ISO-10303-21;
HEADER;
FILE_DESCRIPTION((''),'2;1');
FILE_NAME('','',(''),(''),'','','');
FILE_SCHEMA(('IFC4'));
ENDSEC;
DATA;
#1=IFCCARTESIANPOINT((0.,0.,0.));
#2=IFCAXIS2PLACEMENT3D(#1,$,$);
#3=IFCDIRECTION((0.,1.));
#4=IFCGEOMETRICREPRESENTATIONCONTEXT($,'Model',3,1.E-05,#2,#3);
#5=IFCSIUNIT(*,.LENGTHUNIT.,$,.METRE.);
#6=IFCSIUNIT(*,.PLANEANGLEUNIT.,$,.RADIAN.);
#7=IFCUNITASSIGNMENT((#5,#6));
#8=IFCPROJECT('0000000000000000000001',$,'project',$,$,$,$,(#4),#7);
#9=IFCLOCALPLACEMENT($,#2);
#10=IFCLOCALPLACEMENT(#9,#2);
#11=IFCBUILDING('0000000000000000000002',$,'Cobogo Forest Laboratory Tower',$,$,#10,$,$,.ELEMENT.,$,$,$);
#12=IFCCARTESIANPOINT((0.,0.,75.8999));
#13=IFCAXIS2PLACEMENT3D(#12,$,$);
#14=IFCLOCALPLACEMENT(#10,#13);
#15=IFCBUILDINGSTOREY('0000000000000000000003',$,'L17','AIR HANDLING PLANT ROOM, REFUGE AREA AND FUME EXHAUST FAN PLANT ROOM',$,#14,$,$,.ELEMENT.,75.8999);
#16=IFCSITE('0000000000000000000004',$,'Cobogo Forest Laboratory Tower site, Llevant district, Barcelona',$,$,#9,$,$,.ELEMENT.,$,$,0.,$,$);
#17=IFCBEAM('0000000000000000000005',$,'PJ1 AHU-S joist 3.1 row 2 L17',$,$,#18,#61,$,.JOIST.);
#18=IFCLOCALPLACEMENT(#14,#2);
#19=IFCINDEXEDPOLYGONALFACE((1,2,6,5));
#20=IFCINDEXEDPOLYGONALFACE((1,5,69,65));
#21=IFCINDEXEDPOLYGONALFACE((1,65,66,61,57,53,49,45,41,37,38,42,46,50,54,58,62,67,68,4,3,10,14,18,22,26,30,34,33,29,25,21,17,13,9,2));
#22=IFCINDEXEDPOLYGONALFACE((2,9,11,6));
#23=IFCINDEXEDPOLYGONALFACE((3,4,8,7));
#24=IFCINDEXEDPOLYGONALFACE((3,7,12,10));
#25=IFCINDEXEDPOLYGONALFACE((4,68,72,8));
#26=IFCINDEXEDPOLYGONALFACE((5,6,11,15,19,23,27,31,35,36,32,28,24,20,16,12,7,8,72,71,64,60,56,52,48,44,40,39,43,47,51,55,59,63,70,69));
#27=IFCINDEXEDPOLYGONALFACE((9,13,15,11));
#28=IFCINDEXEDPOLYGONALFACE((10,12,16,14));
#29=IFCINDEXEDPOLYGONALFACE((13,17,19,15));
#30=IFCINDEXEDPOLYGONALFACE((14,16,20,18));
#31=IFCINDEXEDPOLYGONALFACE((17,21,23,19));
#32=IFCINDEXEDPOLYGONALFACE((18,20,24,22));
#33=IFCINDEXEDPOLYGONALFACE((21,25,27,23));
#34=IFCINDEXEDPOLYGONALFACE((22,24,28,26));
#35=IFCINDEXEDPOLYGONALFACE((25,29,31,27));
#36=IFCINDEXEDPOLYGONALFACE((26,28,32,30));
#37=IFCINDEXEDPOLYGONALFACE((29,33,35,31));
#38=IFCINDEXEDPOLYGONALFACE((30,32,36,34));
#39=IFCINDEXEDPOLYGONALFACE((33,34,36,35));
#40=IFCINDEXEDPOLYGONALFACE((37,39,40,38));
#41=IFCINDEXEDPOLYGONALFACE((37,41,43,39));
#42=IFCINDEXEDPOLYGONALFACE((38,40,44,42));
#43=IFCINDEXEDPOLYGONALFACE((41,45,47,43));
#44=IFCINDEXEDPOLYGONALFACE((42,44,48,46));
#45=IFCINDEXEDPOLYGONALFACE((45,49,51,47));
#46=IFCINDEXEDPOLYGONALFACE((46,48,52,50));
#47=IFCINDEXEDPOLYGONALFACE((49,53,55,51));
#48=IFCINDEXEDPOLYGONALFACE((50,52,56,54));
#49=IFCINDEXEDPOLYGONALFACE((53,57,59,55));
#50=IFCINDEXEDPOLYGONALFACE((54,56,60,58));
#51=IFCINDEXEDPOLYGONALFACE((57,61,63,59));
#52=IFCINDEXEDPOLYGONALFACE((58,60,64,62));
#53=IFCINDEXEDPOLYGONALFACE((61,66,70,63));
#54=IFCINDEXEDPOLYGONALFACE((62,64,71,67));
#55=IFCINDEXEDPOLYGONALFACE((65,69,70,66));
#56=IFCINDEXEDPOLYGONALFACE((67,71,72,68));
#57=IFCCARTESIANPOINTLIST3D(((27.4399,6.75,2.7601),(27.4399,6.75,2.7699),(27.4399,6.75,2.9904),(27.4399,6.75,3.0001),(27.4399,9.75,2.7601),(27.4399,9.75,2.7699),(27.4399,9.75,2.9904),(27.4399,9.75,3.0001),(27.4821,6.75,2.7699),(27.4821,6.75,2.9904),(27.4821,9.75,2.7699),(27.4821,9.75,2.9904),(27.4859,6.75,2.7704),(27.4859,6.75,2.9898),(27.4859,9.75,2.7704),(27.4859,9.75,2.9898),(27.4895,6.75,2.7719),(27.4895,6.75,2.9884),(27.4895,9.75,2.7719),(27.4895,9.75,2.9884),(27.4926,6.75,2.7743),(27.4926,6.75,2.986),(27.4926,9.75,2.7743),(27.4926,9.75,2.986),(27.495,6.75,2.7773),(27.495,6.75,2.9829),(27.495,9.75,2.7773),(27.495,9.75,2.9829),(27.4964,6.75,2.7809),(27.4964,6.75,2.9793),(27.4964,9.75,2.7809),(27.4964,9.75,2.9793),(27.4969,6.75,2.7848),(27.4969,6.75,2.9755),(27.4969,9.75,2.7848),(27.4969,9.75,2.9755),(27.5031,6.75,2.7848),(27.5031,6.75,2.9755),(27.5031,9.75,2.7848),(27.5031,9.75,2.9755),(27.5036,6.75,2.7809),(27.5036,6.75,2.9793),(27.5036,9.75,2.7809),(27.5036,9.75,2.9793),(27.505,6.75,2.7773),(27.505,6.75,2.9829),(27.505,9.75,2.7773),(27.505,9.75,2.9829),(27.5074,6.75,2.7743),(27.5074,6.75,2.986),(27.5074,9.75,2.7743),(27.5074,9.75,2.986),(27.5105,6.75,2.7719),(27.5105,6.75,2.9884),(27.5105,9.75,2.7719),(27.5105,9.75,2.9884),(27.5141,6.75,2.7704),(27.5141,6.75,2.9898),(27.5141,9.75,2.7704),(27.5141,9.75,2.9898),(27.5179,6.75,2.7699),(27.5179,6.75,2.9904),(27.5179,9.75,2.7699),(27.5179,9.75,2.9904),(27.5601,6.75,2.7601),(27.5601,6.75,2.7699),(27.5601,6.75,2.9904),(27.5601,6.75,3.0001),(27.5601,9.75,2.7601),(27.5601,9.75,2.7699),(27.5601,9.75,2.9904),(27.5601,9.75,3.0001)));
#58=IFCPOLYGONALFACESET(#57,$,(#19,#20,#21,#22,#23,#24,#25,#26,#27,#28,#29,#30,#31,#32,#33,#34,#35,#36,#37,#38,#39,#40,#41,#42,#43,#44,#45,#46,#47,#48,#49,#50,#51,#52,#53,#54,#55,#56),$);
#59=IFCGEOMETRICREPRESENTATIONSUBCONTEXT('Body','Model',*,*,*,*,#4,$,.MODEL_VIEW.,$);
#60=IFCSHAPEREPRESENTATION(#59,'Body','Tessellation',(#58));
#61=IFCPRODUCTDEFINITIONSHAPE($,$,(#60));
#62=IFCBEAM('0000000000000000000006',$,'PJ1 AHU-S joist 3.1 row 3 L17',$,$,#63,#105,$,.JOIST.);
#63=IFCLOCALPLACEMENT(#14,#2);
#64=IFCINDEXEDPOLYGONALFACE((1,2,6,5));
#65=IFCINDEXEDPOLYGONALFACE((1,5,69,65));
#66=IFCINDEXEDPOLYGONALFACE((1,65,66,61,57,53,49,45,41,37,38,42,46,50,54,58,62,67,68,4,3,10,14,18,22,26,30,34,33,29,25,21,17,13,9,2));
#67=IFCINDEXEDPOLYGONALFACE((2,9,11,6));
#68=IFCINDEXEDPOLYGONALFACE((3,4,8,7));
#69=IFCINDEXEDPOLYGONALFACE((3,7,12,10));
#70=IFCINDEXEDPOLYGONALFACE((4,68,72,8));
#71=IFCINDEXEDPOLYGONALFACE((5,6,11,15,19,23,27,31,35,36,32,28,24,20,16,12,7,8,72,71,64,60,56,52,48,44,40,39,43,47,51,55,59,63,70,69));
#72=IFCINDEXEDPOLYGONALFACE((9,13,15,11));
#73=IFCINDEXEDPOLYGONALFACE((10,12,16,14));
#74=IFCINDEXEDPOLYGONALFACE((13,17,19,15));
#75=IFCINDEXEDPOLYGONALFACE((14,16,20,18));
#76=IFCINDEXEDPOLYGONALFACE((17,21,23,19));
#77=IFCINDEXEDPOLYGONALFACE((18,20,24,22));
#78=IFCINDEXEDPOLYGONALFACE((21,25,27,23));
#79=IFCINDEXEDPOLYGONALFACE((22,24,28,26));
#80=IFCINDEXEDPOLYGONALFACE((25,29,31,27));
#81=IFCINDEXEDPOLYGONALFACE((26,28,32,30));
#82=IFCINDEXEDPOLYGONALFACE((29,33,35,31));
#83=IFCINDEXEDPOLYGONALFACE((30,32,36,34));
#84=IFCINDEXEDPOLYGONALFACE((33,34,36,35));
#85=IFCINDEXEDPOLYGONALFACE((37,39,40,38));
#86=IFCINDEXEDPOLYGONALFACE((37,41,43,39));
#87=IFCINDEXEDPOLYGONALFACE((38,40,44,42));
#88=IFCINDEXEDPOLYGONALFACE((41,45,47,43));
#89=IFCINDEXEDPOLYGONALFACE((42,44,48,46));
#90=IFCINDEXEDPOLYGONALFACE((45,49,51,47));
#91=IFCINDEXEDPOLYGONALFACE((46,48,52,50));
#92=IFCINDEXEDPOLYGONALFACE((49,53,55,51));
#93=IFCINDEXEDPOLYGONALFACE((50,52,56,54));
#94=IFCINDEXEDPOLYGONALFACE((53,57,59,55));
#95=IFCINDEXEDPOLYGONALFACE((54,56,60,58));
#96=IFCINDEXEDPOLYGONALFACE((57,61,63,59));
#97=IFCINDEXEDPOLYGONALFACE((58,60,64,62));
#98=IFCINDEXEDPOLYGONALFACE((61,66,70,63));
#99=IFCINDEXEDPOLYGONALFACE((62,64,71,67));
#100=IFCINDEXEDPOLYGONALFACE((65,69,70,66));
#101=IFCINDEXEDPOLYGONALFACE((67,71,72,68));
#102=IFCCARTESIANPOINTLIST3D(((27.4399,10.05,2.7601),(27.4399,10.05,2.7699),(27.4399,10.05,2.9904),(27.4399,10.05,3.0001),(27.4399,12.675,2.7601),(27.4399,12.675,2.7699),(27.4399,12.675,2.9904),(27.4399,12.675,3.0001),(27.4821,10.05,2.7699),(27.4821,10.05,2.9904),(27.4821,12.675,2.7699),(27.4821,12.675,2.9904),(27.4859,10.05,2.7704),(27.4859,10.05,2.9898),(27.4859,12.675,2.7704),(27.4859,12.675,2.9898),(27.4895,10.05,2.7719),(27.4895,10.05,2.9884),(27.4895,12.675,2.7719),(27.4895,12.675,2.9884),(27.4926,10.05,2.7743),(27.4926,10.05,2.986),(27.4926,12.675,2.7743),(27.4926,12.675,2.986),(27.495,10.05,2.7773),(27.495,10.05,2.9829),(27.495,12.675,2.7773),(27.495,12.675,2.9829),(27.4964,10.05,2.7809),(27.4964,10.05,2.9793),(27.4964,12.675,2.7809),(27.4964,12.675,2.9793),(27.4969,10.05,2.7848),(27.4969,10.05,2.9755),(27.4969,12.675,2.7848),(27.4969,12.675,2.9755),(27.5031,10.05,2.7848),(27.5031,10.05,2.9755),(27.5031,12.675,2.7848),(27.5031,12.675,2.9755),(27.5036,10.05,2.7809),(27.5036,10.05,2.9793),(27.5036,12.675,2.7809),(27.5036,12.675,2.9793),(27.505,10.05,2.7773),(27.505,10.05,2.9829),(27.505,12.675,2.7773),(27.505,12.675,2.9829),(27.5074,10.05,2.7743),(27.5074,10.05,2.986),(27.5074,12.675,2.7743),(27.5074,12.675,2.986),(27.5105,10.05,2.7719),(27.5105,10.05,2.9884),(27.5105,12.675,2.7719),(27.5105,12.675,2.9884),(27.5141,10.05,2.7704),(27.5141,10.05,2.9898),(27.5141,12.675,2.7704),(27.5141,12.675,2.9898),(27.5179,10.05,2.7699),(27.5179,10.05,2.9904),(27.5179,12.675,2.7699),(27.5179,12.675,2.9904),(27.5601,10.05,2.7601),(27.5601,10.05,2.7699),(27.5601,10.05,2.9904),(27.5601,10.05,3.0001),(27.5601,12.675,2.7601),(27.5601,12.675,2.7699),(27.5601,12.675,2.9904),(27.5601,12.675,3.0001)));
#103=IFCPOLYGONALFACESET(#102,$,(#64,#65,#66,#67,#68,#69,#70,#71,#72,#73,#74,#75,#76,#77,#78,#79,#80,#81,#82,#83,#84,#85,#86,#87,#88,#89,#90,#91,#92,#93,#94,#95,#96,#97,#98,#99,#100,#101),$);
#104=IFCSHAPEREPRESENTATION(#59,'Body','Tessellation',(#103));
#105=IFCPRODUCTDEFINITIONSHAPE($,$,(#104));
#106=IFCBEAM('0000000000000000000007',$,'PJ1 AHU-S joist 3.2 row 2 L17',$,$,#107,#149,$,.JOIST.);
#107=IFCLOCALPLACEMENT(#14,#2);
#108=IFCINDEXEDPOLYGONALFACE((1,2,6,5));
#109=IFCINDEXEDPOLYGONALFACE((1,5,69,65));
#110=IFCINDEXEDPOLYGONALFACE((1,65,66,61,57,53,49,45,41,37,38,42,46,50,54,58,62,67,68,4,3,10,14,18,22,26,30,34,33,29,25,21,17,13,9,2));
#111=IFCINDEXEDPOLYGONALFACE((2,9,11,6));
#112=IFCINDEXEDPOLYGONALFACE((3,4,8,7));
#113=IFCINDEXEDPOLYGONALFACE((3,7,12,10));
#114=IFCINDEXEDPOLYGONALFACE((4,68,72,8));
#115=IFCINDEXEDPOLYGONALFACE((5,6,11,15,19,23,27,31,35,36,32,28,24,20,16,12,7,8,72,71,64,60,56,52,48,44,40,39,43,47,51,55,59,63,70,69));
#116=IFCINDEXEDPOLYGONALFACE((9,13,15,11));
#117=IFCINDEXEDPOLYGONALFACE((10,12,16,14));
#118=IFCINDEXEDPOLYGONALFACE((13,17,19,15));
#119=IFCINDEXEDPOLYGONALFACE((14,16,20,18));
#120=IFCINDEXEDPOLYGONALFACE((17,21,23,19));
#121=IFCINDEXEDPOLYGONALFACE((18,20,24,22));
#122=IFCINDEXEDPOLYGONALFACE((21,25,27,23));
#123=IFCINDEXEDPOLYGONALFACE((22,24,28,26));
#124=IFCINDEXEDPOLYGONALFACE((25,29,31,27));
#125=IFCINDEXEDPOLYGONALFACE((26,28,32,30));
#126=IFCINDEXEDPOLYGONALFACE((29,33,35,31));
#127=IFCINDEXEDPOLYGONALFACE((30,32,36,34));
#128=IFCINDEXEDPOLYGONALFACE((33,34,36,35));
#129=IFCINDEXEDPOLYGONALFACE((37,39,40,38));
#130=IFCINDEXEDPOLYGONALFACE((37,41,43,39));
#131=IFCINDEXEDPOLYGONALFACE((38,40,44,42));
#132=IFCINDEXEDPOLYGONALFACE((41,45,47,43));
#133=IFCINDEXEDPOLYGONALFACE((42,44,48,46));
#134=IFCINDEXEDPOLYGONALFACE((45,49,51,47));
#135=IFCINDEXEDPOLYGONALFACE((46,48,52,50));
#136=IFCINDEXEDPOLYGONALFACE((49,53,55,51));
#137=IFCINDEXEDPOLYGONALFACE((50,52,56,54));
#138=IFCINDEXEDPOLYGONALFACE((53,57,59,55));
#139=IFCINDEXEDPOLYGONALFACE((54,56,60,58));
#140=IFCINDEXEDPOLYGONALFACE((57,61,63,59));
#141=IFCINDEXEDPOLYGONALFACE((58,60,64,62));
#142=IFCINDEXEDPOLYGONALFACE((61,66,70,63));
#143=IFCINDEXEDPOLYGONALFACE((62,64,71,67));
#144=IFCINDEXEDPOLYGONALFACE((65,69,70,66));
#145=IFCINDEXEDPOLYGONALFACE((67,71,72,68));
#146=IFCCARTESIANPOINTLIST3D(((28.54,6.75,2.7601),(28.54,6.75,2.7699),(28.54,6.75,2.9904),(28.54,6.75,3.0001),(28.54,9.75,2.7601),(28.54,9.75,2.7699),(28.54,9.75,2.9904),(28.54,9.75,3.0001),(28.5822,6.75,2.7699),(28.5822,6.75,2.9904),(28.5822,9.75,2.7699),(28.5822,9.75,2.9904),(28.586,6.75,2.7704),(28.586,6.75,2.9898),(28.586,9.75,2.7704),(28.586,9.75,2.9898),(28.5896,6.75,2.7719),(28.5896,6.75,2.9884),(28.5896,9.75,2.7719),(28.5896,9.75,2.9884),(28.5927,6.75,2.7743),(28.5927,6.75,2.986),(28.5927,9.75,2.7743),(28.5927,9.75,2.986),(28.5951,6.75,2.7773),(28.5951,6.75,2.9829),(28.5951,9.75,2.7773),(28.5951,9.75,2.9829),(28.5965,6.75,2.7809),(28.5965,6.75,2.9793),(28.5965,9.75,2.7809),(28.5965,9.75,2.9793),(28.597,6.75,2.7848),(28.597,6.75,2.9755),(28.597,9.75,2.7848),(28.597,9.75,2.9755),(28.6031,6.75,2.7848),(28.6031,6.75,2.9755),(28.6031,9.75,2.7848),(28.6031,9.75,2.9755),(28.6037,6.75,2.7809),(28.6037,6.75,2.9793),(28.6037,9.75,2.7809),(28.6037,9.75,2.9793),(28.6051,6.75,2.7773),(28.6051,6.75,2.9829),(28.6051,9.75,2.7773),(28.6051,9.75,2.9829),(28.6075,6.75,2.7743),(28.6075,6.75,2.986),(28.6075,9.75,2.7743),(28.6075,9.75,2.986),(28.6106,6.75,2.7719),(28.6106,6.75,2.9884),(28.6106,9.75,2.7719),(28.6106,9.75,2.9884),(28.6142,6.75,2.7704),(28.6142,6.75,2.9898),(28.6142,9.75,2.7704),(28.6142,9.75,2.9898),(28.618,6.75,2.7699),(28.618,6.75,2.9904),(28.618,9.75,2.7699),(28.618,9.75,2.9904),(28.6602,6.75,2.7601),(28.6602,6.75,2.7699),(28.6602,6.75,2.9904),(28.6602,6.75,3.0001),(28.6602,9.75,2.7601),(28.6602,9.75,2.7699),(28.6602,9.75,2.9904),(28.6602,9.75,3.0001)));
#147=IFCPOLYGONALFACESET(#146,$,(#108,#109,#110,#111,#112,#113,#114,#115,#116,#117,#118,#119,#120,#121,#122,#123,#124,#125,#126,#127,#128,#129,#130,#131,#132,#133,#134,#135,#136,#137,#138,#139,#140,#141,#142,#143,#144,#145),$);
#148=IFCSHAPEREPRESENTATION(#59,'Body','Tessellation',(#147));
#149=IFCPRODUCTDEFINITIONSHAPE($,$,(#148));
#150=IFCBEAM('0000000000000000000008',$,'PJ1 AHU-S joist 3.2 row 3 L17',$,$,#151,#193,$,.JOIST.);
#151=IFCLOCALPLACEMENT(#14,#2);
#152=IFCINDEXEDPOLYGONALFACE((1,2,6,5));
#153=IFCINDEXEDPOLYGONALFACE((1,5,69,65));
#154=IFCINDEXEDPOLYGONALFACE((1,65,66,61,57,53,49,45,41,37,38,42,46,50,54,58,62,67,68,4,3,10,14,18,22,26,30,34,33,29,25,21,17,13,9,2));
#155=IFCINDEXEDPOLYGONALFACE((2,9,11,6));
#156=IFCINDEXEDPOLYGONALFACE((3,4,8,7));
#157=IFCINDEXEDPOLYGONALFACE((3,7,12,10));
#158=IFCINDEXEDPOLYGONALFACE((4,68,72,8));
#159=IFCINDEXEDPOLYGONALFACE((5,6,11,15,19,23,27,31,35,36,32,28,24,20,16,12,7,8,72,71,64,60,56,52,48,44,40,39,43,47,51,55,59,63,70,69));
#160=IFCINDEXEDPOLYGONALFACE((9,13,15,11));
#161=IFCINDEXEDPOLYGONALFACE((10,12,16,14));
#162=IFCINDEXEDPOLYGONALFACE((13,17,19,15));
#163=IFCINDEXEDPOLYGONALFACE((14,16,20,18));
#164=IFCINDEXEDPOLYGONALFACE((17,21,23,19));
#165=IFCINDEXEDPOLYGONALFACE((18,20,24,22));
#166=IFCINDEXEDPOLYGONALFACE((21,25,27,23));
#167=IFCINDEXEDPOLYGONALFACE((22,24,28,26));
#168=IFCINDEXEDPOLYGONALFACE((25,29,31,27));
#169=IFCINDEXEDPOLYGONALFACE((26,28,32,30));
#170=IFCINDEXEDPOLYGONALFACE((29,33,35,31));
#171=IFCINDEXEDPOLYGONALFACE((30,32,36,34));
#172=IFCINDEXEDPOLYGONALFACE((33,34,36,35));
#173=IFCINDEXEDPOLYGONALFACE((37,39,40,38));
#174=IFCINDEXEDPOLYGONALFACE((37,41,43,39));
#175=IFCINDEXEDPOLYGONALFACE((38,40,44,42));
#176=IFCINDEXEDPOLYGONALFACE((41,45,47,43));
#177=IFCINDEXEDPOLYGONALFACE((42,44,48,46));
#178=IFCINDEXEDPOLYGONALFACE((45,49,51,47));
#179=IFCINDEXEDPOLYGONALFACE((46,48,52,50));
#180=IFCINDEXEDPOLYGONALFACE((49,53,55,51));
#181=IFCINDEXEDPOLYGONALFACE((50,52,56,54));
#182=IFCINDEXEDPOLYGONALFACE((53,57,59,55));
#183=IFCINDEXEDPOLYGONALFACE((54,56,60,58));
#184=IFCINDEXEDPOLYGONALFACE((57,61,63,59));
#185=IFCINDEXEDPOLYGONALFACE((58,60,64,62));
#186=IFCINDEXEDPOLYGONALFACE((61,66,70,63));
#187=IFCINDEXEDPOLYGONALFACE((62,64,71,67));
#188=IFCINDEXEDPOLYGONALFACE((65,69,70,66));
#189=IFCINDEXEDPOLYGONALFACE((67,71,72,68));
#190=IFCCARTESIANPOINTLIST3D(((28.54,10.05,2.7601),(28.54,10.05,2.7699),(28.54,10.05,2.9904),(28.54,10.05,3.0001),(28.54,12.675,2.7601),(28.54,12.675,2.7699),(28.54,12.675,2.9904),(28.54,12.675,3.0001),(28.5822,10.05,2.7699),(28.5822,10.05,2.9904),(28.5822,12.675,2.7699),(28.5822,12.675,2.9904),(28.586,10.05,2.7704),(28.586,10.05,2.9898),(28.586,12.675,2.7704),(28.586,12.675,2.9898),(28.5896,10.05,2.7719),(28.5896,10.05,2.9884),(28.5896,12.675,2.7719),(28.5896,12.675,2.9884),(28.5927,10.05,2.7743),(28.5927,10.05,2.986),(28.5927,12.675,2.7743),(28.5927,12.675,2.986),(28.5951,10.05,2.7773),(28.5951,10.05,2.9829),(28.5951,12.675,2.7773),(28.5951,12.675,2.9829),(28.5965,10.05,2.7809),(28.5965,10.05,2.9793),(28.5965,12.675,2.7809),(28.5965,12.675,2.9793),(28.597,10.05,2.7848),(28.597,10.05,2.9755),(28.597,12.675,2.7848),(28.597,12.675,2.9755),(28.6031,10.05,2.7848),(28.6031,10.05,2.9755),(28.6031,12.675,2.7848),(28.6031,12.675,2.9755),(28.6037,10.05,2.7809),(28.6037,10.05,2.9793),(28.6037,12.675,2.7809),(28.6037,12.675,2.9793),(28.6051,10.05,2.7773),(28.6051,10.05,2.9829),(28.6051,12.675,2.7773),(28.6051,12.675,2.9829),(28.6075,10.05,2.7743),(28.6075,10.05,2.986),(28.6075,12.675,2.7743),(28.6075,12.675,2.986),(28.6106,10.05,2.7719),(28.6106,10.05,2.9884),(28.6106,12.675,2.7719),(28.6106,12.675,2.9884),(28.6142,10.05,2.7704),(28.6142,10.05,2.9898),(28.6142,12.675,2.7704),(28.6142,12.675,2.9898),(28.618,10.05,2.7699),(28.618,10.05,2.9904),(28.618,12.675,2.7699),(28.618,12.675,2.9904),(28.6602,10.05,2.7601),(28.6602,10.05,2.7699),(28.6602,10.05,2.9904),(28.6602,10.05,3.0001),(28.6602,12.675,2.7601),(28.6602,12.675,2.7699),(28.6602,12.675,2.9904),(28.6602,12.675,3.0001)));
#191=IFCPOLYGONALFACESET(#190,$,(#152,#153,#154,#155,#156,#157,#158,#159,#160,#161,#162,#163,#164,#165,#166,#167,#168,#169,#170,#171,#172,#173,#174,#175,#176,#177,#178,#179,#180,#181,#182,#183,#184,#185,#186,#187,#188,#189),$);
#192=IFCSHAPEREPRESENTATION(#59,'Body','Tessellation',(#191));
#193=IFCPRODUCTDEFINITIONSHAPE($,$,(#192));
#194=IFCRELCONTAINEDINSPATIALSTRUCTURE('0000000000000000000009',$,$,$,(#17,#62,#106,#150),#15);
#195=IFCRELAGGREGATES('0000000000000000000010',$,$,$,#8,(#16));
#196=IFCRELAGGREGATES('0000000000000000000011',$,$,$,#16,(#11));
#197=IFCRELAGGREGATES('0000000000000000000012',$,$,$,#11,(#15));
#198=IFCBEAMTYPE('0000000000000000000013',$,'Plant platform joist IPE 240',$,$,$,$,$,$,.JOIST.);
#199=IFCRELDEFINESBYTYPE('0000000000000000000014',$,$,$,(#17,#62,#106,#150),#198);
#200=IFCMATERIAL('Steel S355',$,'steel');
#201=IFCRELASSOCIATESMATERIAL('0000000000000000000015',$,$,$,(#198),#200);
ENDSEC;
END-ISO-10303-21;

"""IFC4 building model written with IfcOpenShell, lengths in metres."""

from ifc_helpers import new_model, si_unit, direction, frame, origin, origin_2d, place, context, subcontext, project, spatial, i_section, extrude, material, material_profile, profile_set, type_object, element, save


model = new_model("IFC4")

# Units and contexts
model_context = context("Model", 3, precision=1e-05, world=origin(), true_north=direction((0.0, 1.0)))
body_context = subcontext(model_context, "Body", "Model", "MODEL_VIEW")
ifc_project = project(units=[si_unit("LENGTHUNIT", "METRE"), si_unit("PLANEANGLEUNIT", "RADIAN")], contexts=[model_context])

# Site, building, storey
site_placement = place(None, origin())
site = spatial("IfcSite", under=ifc_project, at=site_placement, Name="Cobogo Forest Laboratory Tower site, Llevant district, Barcelona", CompositionType="ELEMENT", RefElevation=0.0)
building_placement = place(site_placement, origin())
building = spatial("IfcBuilding", under=site, at=building_placement, Name="Cobogo Forest Laboratory Tower", CompositionType="ELEMENT")
storey_placement = place(building_placement, frame((0.0, 0.0, 75.8999)))
storey = spatial("IfcBuildingStorey", under=building, at=storey_placement, Name="L17", Description="AIR HANDLING PLANT ROOM, REFUGE AREA AND FUME EXHAUST FAN PLANT ROOM", CompositionType="ELEMENT", Elevation=75.8999)

# Beams
ifc_material = material(Name="Steel S355", Category="steel")
ifc_material_profile_1 = material_profile(ifc_material, i_section(OverallWidth=0.1201, OverallDepth=0.24, WebThickness=0.0061, FlangeThickness=0.0098, FilletRadius=0.0149, at=origin_2d()), Name="IPE 240")
ifc_profile_set_1 = profile_set([ifc_material_profile_1], Name="Steel S355")
beam_type_1 = type_object("IfcBeamType", Name="Plant platform joist IPE 240", PredefinedType="JOIST", material=ifc_profile_set_1)
beam_1_placement = place(storey_placement, frame((27.5, 6.75, 2.8801), z_axis=(0.0, 1.0, 0.0), x_axis=(-1.0, 0.0, 0.0)))
element("IfcBeam", 1, at=beam_1_placement, inside=storey, type_object=beam_type_1, Name="PJ1 AHU-S joist 3.1 row 2 L17", PredefinedType="JOIST", context=body_context, shape_type="SweptSolid", body=[
    extrude(i_section(OverallWidth=0.1201, OverallDepth=0.24, WebThickness=0.0061, FlangeThickness=0.0098, FilletRadius=0.0149, at=origin_2d()), origin(), (0.0, 0.0, 1.0), 3.0),
])
beam_2_placement = place(storey_placement, frame((27.5, 10.05, 2.8801), z_axis=(0.0, 1.0, 0.0), x_axis=(-1.0, 0.0, 0.0)))
element("IfcBeam", 2, at=beam_2_placement, inside=storey, type_object=beam_type_1, Name="PJ1 AHU-S joist 3.1 row 3 L17", PredefinedType="JOIST", context=body_context, shape_type="SweptSolid", body=[
    extrude(i_section(OverallWidth=0.1201, OverallDepth=0.24, WebThickness=0.0061, FlangeThickness=0.0098, FilletRadius=0.0149, at=origin_2d()), origin(), (0.0, 0.0, 1.0), 2.625),
])
beam_3_placement = place(storey_placement, frame((28.6001, 6.75, 2.8801), z_axis=(0.0, 1.0, 0.0), x_axis=(-1.0, 0.0, 0.0)))
element("IfcBeam", 3, at=beam_3_placement, inside=storey, type_object=beam_type_1, Name="PJ1 AHU-S joist 3.2 row 2 L17", PredefinedType="JOIST", context=body_context, shape_type="SweptSolid", body=[
    extrude(i_section(OverallWidth=0.1201, OverallDepth=0.24, WebThickness=0.0061, FlangeThickness=0.0098, FilletRadius=0.0149, at=origin_2d()), origin(), (0.0, 0.0, 1.0), 3.0),
])
beam_4_placement = place(storey_placement, frame((28.6001, 10.05, 2.8801), z_axis=(0.0, 1.0, 0.0), x_axis=(-1.0, 0.0, 0.0)))
element("IfcBeam", 4, at=beam_4_placement, inside=storey, type_object=beam_type_1, Name="PJ1 AHU-S joist 3.2 row 3 L17", PredefinedType="JOIST", context=body_context, shape_type="SweptSolid", body=[
    extrude(i_section(OverallWidth=0.1201, OverallDepth=0.24, WebThickness=0.0061, FlangeThickness=0.0098, FilletRadius=0.0149, at=origin_2d()), origin(), (0.0, 0.0, 1.0), 2.625),
])

save(model, "model.ifc")
